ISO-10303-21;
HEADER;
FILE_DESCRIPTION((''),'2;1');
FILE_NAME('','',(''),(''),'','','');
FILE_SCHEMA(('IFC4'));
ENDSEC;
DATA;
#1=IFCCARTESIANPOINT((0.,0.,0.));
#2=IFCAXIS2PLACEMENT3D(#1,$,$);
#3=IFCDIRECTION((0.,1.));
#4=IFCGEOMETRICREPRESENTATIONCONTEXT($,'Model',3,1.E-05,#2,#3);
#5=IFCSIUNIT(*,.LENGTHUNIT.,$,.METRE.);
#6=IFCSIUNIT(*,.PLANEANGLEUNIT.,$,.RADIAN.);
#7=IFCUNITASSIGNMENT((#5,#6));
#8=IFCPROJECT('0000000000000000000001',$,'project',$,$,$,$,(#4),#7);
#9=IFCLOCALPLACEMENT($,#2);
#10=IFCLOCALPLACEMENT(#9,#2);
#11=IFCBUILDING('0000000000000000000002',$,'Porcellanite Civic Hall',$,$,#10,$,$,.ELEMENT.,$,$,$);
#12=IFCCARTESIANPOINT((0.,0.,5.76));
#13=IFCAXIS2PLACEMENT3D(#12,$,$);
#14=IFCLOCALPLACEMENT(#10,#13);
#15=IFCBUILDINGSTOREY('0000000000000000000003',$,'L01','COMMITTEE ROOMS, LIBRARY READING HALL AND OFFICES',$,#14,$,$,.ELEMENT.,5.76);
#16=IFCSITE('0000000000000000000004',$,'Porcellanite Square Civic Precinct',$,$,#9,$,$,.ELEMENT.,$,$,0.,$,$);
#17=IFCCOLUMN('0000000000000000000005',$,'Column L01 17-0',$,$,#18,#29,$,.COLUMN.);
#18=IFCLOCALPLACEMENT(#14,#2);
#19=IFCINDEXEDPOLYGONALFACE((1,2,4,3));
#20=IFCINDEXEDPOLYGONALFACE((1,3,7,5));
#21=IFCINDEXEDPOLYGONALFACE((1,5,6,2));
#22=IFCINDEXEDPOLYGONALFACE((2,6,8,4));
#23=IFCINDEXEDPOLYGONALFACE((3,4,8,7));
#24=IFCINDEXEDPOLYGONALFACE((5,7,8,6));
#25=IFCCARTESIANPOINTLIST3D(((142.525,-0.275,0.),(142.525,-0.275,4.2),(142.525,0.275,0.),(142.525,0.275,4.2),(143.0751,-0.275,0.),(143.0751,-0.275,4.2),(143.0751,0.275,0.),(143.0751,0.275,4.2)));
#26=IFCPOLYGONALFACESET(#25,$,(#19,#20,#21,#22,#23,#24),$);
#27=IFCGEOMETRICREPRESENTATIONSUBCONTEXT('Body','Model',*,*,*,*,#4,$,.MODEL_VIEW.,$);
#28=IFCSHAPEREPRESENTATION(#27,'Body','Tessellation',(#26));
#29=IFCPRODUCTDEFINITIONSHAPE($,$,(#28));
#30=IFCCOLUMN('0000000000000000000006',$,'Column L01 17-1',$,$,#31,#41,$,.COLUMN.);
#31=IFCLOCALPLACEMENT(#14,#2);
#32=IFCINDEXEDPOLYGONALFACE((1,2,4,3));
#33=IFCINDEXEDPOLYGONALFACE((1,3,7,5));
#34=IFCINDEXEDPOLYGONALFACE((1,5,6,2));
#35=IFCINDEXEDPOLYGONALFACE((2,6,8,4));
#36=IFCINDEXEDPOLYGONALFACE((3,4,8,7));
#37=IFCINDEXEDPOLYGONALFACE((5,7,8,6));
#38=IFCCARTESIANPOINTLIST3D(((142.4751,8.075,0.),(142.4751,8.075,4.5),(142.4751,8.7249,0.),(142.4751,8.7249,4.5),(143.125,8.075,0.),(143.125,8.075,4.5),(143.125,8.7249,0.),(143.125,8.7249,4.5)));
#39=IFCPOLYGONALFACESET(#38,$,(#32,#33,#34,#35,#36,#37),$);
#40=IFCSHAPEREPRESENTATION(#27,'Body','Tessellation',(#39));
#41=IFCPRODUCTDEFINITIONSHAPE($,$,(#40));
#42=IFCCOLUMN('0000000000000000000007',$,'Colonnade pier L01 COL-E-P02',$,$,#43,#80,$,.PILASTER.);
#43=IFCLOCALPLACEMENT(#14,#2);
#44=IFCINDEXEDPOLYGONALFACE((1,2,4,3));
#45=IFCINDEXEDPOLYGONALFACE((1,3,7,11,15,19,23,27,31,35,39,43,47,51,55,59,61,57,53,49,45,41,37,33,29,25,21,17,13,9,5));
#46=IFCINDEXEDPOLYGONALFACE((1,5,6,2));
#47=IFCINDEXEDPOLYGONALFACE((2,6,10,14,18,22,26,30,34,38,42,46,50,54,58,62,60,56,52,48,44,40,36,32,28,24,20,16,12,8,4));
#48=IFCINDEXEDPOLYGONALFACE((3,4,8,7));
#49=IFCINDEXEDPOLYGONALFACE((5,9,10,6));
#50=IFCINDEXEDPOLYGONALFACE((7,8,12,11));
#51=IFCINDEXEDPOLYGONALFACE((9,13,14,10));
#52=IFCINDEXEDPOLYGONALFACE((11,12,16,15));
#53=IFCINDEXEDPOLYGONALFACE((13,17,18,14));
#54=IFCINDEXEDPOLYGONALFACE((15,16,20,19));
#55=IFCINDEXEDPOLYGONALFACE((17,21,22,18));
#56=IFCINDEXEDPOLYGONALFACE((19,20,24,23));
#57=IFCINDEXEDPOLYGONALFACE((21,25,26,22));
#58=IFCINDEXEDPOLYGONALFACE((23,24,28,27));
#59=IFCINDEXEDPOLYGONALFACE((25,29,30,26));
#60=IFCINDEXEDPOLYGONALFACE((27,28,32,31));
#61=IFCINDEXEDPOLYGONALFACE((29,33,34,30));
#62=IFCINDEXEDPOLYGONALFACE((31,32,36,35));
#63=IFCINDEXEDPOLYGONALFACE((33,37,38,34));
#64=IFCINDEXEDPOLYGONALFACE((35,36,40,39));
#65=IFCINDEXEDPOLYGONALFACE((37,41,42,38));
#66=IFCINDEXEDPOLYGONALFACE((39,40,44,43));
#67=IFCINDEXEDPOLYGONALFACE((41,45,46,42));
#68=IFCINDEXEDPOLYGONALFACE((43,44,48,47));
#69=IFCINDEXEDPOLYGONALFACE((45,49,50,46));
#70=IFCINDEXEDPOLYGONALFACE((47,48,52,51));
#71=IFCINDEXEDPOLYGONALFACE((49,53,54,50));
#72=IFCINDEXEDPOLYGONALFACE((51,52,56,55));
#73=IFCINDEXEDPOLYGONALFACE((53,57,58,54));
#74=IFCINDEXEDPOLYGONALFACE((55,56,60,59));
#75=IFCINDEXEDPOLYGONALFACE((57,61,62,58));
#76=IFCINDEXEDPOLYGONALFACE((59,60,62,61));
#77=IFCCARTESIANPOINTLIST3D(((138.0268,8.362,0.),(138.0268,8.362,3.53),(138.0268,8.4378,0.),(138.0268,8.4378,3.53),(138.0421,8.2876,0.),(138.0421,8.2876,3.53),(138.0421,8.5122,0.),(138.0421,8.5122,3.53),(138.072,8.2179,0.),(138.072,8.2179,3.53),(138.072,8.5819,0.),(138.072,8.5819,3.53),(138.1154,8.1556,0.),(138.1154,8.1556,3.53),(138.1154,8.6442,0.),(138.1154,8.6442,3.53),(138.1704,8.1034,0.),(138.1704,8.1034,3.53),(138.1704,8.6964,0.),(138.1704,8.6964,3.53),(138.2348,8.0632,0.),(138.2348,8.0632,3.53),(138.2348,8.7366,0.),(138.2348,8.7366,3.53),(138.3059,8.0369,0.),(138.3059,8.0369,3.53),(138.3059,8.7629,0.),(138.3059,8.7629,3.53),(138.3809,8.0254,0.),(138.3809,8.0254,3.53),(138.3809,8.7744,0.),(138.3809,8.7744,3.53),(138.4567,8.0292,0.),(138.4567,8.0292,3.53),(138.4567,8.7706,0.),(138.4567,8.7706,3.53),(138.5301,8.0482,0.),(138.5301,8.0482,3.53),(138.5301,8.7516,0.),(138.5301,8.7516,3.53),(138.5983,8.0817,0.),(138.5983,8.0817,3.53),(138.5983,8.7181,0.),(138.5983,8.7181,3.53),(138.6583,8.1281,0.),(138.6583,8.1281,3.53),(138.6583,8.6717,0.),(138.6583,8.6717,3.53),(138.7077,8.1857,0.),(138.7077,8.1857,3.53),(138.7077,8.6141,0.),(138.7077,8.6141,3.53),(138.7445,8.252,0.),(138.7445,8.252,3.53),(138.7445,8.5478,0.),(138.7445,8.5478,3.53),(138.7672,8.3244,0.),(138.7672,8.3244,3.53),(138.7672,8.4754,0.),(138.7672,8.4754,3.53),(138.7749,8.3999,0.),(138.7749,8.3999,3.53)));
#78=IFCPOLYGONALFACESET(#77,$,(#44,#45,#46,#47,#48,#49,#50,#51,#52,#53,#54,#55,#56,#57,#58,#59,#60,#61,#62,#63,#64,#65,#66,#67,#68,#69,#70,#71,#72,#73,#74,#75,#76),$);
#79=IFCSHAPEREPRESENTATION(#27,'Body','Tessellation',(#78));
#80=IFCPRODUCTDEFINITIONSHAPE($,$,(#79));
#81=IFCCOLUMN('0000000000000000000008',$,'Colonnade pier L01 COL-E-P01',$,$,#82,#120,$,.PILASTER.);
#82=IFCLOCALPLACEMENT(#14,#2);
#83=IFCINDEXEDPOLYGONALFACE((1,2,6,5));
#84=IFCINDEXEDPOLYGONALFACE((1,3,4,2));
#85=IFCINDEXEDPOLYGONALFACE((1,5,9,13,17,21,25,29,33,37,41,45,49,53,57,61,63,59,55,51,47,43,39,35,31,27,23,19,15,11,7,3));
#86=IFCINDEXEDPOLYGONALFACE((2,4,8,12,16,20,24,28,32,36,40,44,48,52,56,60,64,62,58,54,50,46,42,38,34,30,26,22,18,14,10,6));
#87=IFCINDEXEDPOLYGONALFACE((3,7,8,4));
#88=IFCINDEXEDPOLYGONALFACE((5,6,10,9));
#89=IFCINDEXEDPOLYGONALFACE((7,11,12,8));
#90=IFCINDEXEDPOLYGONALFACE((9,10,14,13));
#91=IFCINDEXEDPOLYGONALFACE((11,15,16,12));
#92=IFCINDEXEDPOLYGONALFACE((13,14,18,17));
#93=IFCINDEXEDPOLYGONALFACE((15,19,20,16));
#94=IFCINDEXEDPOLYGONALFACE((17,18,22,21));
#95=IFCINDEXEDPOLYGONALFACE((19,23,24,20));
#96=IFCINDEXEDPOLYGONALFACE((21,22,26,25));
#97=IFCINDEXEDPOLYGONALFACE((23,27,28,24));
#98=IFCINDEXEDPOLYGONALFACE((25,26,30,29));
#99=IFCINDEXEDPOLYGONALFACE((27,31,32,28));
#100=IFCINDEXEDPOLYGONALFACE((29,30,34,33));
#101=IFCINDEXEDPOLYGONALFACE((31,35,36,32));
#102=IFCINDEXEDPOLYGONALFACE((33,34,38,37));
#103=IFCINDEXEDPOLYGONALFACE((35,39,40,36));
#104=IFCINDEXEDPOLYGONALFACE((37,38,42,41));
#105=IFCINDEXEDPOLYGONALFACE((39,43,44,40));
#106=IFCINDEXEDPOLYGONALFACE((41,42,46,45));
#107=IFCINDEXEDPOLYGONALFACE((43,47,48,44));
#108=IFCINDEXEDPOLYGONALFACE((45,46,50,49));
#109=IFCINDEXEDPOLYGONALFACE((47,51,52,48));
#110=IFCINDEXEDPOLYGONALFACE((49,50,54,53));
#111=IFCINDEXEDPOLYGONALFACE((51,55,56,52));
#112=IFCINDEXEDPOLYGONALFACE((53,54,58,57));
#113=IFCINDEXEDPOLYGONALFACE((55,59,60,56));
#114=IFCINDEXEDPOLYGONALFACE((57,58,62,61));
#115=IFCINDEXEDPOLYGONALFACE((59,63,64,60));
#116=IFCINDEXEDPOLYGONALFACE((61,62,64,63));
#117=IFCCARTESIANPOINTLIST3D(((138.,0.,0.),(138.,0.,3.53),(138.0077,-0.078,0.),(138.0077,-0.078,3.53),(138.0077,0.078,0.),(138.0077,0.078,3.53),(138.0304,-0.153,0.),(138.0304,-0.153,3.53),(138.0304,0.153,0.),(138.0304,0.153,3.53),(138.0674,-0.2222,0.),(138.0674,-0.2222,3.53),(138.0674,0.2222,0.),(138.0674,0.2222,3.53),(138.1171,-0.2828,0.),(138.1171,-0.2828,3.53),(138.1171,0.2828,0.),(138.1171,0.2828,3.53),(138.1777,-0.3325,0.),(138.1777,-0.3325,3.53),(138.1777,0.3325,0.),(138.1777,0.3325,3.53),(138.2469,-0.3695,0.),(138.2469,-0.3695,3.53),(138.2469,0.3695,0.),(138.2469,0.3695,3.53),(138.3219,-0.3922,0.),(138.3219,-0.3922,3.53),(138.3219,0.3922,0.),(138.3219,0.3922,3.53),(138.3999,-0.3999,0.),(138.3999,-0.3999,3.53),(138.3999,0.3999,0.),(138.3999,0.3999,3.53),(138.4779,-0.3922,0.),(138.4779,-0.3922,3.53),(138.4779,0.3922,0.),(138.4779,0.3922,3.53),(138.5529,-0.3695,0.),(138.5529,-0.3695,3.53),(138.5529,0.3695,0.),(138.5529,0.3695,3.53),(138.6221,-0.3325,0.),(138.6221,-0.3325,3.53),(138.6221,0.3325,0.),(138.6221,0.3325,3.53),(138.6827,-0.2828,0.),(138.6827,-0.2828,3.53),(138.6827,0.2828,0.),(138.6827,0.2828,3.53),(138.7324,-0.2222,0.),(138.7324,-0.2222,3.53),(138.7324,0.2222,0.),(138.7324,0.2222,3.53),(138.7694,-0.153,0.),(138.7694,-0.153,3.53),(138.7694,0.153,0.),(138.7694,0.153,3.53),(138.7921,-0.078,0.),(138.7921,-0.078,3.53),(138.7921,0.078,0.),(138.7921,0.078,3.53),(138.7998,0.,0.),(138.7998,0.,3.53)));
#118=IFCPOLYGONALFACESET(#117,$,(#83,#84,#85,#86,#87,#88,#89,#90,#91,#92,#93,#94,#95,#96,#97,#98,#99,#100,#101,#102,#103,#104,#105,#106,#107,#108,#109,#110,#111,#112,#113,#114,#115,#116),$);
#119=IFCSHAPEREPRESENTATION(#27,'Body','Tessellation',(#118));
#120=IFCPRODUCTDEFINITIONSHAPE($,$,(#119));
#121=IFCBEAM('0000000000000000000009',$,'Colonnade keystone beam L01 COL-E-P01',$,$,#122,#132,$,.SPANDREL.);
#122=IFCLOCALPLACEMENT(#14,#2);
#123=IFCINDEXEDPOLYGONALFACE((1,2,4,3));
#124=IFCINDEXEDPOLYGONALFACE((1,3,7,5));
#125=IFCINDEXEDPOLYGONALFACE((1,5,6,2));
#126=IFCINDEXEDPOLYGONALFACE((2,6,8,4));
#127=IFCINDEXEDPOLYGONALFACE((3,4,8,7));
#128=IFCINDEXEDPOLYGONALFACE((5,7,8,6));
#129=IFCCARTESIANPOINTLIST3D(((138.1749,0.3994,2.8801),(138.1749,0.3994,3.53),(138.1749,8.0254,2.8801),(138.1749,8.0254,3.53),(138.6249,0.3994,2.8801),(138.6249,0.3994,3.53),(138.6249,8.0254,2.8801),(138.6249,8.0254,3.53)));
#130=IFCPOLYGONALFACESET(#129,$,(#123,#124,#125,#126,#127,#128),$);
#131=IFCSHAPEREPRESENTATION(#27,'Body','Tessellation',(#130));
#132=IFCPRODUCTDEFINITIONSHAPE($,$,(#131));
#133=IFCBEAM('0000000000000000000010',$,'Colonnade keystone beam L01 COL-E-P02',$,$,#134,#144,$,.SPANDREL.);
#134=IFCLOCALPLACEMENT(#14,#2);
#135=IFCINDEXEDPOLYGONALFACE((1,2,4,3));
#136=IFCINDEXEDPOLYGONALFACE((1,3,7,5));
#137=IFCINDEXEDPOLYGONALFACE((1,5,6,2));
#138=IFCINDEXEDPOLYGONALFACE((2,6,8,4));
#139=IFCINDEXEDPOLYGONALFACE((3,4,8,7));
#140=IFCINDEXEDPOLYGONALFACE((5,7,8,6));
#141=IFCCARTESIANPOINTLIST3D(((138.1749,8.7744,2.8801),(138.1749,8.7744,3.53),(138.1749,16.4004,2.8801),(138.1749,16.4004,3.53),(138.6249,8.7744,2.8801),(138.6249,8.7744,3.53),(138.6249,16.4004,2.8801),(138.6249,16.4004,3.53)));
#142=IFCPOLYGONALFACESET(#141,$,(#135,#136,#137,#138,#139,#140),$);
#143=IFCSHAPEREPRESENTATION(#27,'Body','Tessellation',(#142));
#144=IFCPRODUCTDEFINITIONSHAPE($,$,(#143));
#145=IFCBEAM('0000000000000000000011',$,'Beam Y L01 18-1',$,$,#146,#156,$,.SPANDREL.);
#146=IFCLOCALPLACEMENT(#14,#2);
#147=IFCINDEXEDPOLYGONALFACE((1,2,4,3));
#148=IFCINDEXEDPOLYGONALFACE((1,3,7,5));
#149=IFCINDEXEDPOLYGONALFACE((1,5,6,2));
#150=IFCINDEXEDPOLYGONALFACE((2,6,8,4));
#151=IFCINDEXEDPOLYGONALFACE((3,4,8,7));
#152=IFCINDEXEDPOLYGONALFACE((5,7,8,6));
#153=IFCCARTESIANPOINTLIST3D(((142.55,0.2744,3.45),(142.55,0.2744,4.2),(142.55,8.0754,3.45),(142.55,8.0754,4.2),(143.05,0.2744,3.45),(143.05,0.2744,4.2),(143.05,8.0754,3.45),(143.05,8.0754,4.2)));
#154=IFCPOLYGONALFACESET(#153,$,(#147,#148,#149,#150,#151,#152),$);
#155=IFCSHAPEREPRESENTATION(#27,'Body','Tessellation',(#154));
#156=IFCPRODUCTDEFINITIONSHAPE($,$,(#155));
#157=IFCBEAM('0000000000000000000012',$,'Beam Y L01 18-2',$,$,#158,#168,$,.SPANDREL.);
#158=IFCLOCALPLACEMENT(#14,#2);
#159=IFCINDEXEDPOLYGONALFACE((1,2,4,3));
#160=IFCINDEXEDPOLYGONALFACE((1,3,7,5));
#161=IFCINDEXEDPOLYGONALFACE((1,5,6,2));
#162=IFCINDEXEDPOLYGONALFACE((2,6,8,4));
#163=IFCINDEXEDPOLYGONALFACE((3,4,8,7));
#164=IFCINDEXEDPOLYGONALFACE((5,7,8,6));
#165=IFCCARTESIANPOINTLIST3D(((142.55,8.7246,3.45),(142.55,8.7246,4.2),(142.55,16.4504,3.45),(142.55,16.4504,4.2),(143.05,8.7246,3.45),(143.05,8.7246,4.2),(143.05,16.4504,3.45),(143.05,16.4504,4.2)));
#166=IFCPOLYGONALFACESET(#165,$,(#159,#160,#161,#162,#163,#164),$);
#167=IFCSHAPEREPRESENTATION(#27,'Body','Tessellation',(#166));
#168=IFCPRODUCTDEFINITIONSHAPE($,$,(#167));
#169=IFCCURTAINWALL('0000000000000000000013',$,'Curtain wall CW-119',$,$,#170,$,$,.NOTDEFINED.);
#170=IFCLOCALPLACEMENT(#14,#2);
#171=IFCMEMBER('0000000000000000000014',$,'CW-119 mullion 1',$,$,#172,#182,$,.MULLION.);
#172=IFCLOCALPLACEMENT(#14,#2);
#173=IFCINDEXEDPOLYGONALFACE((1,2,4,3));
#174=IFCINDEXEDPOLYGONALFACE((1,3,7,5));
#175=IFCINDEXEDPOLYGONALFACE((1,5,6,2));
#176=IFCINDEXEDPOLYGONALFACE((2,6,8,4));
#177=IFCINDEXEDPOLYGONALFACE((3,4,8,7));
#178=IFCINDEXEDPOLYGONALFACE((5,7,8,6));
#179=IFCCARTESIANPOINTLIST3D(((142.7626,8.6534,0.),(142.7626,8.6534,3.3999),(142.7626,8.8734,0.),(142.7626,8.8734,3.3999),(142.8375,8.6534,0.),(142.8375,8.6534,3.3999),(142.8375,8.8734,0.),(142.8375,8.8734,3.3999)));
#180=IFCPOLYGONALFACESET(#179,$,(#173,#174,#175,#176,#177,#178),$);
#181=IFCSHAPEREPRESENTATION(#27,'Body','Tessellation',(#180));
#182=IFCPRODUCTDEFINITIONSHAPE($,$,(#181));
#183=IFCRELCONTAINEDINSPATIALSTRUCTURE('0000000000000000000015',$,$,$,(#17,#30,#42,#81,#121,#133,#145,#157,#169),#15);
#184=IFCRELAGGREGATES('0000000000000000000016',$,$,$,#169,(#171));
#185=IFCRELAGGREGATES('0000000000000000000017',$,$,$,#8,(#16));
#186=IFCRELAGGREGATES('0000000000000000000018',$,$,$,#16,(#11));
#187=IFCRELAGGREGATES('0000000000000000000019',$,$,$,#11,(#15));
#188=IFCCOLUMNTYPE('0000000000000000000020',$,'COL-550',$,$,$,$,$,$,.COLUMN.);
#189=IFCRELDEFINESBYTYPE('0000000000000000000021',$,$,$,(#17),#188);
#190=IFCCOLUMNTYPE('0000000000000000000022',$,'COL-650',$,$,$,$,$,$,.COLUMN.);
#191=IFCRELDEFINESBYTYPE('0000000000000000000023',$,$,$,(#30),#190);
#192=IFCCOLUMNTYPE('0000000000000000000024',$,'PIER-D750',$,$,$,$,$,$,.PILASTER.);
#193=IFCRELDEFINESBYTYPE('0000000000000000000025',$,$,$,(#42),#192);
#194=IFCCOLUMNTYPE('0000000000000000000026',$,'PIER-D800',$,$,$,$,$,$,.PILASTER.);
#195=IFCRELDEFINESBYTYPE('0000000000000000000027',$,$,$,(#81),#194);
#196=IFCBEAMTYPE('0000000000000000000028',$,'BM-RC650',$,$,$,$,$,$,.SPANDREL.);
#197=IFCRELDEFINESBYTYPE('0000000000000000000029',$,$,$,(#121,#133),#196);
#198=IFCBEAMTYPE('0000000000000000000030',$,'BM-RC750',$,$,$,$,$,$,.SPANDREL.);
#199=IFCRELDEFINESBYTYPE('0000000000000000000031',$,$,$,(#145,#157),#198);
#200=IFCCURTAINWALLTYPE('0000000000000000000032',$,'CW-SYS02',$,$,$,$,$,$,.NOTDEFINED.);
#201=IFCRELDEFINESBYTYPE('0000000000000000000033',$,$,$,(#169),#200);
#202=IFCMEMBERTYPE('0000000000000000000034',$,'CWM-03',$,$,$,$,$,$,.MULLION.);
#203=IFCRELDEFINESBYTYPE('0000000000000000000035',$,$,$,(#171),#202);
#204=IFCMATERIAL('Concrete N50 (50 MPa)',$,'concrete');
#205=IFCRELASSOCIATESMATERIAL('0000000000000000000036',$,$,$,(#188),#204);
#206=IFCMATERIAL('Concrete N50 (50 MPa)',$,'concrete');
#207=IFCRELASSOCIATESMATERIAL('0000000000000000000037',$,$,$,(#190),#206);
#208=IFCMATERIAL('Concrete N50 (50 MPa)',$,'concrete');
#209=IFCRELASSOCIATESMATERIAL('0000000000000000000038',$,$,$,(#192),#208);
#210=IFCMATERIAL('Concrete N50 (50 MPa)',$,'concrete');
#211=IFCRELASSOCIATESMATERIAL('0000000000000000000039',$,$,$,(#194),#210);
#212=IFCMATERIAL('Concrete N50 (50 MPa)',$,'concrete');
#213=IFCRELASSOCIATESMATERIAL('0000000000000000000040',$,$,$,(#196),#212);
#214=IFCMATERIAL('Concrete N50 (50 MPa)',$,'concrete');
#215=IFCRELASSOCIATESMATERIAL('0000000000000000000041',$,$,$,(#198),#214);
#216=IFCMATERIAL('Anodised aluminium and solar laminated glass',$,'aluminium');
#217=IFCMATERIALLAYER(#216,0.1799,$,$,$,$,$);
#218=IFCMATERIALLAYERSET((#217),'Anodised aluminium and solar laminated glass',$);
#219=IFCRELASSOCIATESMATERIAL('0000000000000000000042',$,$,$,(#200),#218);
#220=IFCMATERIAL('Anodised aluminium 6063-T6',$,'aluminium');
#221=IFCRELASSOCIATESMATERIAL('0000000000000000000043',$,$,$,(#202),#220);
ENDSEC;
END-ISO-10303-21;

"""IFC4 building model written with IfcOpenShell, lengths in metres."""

from ifc_helpers import new_model, si_unit, direction, frame, origin, origin_2d, place, context, subcontext, project, spatial, rectangle, circle, extrude, material, layer, layer_set, material_profile, profile_set, type_object, element, aggregate, save


model = new_model("IFC4")

# Units and contexts
model_context = context("Model", 3, precision=1e-05, world=origin(), true_north=direction((0.0, 1.0)))
body_context = subcontext(model_context, "Body", "Model", "MODEL_VIEW")
ifc_project = project(units=[si_unit("LENGTHUNIT", "METRE"), si_unit("PLANEANGLEUNIT", "RADIAN")], contexts=[model_context])

# Site, building, storey
site_placement = place(None, origin())
site = spatial("IfcSite", under=ifc_project, at=site_placement, Name="Porcellanite Square Civic Precinct", CompositionType="ELEMENT", RefElevation=0.0)
building_placement = place(site_placement, origin())
building = spatial("IfcBuilding", under=site, at=building_placement, Name="Porcellanite Civic Hall", CompositionType="ELEMENT")
storey_placement = place(building_placement, frame((0.0, 0.0, 5.76)))
storey = spatial("IfcBuildingStorey", under=building, at=storey_placement, Name="L01", Description="COMMITTEE ROOMS, LIBRARY READING HALL AND OFFICES", CompositionType="ELEMENT", Elevation=5.76)

# Columns
ifc_material_1 = material(Name="Concrete N50 (50 MPa)", Category="concrete")
ifc_material_profile_1 = material_profile(ifc_material_1, rectangle(XDim=0.55, YDim=0.55, at=origin_2d()), Name="RC-550x550")
ifc_profile_set_1 = profile_set([ifc_material_profile_1], Name="Concrete N50 (50 MPa)")
column_type_1 = type_object("IfcColumnType", Name="COL-550", PredefinedType="COLUMN", material=ifc_profile_set_1)
column_1_placement = place(storey_placement, frame((142.8, 0.0, 0.0), z_axis=(0.0, 0.0, 1.0), x_axis=(1.0, 0.0, 0.0)))
element("IfcColumn", 1, at=column_1_placement, inside=storey, type_object=column_type_1, Name="Column L01 17-0", PredefinedType="COLUMN", context=body_context, shape_type="SweptSolid", body=[
    extrude(rectangle(XDim=0.55, YDim=0.55, at=origin_2d()), origin(), (0.0, 0.0, 1.0), 4.2),
])
ifc_material_2 = material(Name="Concrete N50 (50 MPa)", Category="concrete")
ifc_material_profile_2 = material_profile(ifc_material_2, rectangle(XDim=0.6499, YDim=0.6499, at=origin_2d()), Name="RC-650x650")
ifc_profile_set_2 = profile_set([ifc_material_profile_2], Name="Concrete N50 (50 MPa)")
column_type_2 = type_object("IfcColumnType", Name="COL-650", PredefinedType="COLUMN", material=ifc_profile_set_2)
column_2_placement = place(storey_placement, frame((142.8, 8.3999, 0.0), z_axis=(0.0, 0.0, 1.0), x_axis=(1.0, 0.0, 0.0)))
element("IfcColumn", 2, at=column_2_placement, inside=storey, type_object=column_type_2, Name="Column L01 17-1", PredefinedType="COLUMN", context=body_context, shape_type="SweptSolid", body=[
    extrude(rectangle(XDim=0.6499, YDim=0.6499, at=origin_2d()), origin(), (0.0, 0.0, 1.0), 4.5),
])
ifc_material_3 = material(Name="Concrete N50 (50 MPa)", Category="concrete")
ifc_material_profile_3 = material_profile(ifc_material_3, circle(Radius=0.375, at=origin_2d()), Name="RC-D750")
ifc_profile_set_3 = profile_set([ifc_material_profile_3], Name="Concrete N50 (50 MPa)")
column_type_3 = type_object("IfcColumnType", Name="PIER-D750", PredefinedType="PILASTER", material=ifc_profile_set_3)
column_3_placement = place(storey_placement, frame((138.3999, 8.3999, 0.0), z_axis=(0.0, 0.0, 1.0), x_axis=(1.0, 0.0, 0.0)))
element("IfcColumn", 3, at=column_3_placement, inside=storey, type_object=column_type_3, Name="Colonnade pier L01 COL-E-P02", PredefinedType="PILASTER", context=body_context, shape_type="SweptSolid", body=[
    extrude(circle(Radius=0.375, at=origin_2d()), origin(), (0.0, 0.0, 1.0), 3.53),
])
ifc_material_4 = material(Name="Concrete N50 (50 MPa)", Category="concrete")
ifc_material_profile_4 = material_profile(ifc_material_4, circle(Radius=0.3999, at=origin_2d()), Name="RC-D800")
ifc_profile_set_4 = profile_set([ifc_material_profile_4], Name="Concrete N50 (50 MPa)")
column_type_4 = type_object("IfcColumnType", Name="PIER-D800", PredefinedType="PILASTER", material=ifc_profile_set_4)
column_4_placement = place(storey_placement, frame((138.3999, 0.0, 0.0), z_axis=(0.0, 0.0, 1.0), x_axis=(1.0, 0.0, 0.0)))
element("IfcColumn", 4, at=column_4_placement, inside=storey, type_object=column_type_4, Name="Colonnade pier L01 COL-E-P01", PredefinedType="PILASTER", context=body_context, shape_type="SweptSolid", body=[
    extrude(circle(Radius=0.3999, at=origin_2d()), origin(), (0.0, 0.0, 1.0), 3.53),
])

# Beams
ifc_material_5 = material(Name="Concrete N50 (50 MPa)", Category="concrete")
ifc_material_profile_5 = material_profile(ifc_material_5, rectangle(XDim=0.45, YDim=0.6499, at=origin_2d()), Name="RC-450x650")
ifc_profile_set_5 = profile_set([ifc_material_profile_5], Name="Concrete N50 (50 MPa)")
beam_type_1 = type_object("IfcBeamType", Name="BM-RC650", PredefinedType="SPANDREL", material=ifc_profile_set_5)
for number, where, z_axis, x_axis, name in (
    (5, (138.3999, 0.3994, 3.2051), (0.0, 1.0, 0.0), (-1.0, 0.0, 0.0), "Colonnade keystone beam L01 COL-E-P01"),
    (6, (138.3999, 8.7744, 3.2051), (0.0, 1.0, 0.0), (-1.0, 0.0, 0.0), "Colonnade keystone beam L01 COL-E-P02"),
):
    element("IfcBeam", number, at=place(storey_placement, frame(where, z_axis=z_axis, x_axis=x_axis)), inside=storey, type_object=beam_type_1, Name=name, PredefinedType="SPANDREL", context=body_context, shape_type="SweptSolid", body=[
        extrude(rectangle(XDim=0.45, YDim=0.6499, at=origin_2d()), origin(), (0.0, 0.0, 1.0), 7.626),
    ])
ifc_material_6 = material(Name="Concrete N50 (50 MPa)", Category="concrete")
ifc_material_profile_6 = material_profile(ifc_material_6, rectangle(XDim=0.5, YDim=0.75, at=origin_2d()), Name="RC-500x750")
ifc_profile_set_6 = profile_set([ifc_material_profile_6], Name="Concrete N50 (50 MPa)")
beam_type_2 = type_object("IfcBeamType", Name="BM-RC750", PredefinedType="SPANDREL", material=ifc_profile_set_6)
beam_1_placement = place(storey_placement, frame((142.8, 0.2744, 3.825), z_axis=(0.0, 1.0, 0.0), x_axis=(-1.0, 0.0, 0.0)))
element("IfcBeam", 7, at=beam_1_placement, inside=storey, type_object=beam_type_2, Name="Beam Y L01 18-1", PredefinedType="SPANDREL", context=body_context, shape_type="SweptSolid", body=[
    extrude(rectangle(XDim=0.5, YDim=0.75, at=origin_2d()), origin(), (0.0, 0.0, 1.0), 7.801),
])
beam_2_placement = place(storey_placement, frame((142.8, 8.7246, 3.825), z_axis=(0.0, 1.0, 0.0), x_axis=(-1.0, 0.0, 0.0)))
element("IfcBeam", 8, at=beam_2_placement, inside=storey, type_object=beam_type_2, Name="Beam Y L01 18-2", PredefinedType="SPANDREL", context=body_context, shape_type="SweptSolid", body=[
    extrude(rectangle(XDim=0.5, YDim=0.75, at=origin_2d()), origin(), (0.0, 0.0, 1.0), 7.7258),
])

# Curtain wall, member
ifc_material_7 = material(Name="Anodised aluminium and solar laminated glass", Category="aluminium")
ifc_layer_1 = layer(ifc_material_7, 0.1799)
ifc_layer_set_1 = layer_set([ifc_layer_1], Name="Anodised aluminium and solar laminated glass")
curtain_wall_type = type_object("IfcCurtainWallType", Name="CW-SYS02", PredefinedType="NOTDEFINED", material=ifc_layer_set_1)
curtain_wall_placement = place(storey_placement, origin())
curtain_wall = element("IfcCurtainWall", 9, at=curtain_wall_placement, inside=storey, type_object=curtain_wall_type, Name="Curtain wall CW-119", PredefinedType="NOTDEFINED")
ifc_material_8 = material(Name="Anodised aluminium 6063-T6", Category="aluminium")
ifc_material_profile_7 = material_profile(ifc_material_8, rectangle(XDim=0.075, YDim=0.22, at=origin_2d()), Name="AL-75x220")
ifc_profile_set_7 = profile_set([ifc_material_profile_7], Name="Anodised aluminium 6063-T6")
member_type_1 = type_object("IfcMemberType", Name="CWM-03", PredefinedType="MULLION", material=ifc_profile_set_7)
member_1_placement = place(storey_placement, frame((142.8, 8.7634, 0.0), z_axis=(0.0, 0.0, 1.0), x_axis=(-1.0, 0.0, 0.0)))
member_1 = element("IfcMember", 10, at=member_1_placement, type_object=member_type_1, Name="CW-119 mullion 1", PredefinedType="MULLION", context=body_context, shape_type="SweptSolid", body=[
    extrude(rectangle(XDim=0.075, YDim=0.22, at=origin_2d()), origin(), (0.0, 0.0, 1.0), 3.3999),
])
aggregate(curtain_wall, [member_1])

save(model, "model.ifc")
